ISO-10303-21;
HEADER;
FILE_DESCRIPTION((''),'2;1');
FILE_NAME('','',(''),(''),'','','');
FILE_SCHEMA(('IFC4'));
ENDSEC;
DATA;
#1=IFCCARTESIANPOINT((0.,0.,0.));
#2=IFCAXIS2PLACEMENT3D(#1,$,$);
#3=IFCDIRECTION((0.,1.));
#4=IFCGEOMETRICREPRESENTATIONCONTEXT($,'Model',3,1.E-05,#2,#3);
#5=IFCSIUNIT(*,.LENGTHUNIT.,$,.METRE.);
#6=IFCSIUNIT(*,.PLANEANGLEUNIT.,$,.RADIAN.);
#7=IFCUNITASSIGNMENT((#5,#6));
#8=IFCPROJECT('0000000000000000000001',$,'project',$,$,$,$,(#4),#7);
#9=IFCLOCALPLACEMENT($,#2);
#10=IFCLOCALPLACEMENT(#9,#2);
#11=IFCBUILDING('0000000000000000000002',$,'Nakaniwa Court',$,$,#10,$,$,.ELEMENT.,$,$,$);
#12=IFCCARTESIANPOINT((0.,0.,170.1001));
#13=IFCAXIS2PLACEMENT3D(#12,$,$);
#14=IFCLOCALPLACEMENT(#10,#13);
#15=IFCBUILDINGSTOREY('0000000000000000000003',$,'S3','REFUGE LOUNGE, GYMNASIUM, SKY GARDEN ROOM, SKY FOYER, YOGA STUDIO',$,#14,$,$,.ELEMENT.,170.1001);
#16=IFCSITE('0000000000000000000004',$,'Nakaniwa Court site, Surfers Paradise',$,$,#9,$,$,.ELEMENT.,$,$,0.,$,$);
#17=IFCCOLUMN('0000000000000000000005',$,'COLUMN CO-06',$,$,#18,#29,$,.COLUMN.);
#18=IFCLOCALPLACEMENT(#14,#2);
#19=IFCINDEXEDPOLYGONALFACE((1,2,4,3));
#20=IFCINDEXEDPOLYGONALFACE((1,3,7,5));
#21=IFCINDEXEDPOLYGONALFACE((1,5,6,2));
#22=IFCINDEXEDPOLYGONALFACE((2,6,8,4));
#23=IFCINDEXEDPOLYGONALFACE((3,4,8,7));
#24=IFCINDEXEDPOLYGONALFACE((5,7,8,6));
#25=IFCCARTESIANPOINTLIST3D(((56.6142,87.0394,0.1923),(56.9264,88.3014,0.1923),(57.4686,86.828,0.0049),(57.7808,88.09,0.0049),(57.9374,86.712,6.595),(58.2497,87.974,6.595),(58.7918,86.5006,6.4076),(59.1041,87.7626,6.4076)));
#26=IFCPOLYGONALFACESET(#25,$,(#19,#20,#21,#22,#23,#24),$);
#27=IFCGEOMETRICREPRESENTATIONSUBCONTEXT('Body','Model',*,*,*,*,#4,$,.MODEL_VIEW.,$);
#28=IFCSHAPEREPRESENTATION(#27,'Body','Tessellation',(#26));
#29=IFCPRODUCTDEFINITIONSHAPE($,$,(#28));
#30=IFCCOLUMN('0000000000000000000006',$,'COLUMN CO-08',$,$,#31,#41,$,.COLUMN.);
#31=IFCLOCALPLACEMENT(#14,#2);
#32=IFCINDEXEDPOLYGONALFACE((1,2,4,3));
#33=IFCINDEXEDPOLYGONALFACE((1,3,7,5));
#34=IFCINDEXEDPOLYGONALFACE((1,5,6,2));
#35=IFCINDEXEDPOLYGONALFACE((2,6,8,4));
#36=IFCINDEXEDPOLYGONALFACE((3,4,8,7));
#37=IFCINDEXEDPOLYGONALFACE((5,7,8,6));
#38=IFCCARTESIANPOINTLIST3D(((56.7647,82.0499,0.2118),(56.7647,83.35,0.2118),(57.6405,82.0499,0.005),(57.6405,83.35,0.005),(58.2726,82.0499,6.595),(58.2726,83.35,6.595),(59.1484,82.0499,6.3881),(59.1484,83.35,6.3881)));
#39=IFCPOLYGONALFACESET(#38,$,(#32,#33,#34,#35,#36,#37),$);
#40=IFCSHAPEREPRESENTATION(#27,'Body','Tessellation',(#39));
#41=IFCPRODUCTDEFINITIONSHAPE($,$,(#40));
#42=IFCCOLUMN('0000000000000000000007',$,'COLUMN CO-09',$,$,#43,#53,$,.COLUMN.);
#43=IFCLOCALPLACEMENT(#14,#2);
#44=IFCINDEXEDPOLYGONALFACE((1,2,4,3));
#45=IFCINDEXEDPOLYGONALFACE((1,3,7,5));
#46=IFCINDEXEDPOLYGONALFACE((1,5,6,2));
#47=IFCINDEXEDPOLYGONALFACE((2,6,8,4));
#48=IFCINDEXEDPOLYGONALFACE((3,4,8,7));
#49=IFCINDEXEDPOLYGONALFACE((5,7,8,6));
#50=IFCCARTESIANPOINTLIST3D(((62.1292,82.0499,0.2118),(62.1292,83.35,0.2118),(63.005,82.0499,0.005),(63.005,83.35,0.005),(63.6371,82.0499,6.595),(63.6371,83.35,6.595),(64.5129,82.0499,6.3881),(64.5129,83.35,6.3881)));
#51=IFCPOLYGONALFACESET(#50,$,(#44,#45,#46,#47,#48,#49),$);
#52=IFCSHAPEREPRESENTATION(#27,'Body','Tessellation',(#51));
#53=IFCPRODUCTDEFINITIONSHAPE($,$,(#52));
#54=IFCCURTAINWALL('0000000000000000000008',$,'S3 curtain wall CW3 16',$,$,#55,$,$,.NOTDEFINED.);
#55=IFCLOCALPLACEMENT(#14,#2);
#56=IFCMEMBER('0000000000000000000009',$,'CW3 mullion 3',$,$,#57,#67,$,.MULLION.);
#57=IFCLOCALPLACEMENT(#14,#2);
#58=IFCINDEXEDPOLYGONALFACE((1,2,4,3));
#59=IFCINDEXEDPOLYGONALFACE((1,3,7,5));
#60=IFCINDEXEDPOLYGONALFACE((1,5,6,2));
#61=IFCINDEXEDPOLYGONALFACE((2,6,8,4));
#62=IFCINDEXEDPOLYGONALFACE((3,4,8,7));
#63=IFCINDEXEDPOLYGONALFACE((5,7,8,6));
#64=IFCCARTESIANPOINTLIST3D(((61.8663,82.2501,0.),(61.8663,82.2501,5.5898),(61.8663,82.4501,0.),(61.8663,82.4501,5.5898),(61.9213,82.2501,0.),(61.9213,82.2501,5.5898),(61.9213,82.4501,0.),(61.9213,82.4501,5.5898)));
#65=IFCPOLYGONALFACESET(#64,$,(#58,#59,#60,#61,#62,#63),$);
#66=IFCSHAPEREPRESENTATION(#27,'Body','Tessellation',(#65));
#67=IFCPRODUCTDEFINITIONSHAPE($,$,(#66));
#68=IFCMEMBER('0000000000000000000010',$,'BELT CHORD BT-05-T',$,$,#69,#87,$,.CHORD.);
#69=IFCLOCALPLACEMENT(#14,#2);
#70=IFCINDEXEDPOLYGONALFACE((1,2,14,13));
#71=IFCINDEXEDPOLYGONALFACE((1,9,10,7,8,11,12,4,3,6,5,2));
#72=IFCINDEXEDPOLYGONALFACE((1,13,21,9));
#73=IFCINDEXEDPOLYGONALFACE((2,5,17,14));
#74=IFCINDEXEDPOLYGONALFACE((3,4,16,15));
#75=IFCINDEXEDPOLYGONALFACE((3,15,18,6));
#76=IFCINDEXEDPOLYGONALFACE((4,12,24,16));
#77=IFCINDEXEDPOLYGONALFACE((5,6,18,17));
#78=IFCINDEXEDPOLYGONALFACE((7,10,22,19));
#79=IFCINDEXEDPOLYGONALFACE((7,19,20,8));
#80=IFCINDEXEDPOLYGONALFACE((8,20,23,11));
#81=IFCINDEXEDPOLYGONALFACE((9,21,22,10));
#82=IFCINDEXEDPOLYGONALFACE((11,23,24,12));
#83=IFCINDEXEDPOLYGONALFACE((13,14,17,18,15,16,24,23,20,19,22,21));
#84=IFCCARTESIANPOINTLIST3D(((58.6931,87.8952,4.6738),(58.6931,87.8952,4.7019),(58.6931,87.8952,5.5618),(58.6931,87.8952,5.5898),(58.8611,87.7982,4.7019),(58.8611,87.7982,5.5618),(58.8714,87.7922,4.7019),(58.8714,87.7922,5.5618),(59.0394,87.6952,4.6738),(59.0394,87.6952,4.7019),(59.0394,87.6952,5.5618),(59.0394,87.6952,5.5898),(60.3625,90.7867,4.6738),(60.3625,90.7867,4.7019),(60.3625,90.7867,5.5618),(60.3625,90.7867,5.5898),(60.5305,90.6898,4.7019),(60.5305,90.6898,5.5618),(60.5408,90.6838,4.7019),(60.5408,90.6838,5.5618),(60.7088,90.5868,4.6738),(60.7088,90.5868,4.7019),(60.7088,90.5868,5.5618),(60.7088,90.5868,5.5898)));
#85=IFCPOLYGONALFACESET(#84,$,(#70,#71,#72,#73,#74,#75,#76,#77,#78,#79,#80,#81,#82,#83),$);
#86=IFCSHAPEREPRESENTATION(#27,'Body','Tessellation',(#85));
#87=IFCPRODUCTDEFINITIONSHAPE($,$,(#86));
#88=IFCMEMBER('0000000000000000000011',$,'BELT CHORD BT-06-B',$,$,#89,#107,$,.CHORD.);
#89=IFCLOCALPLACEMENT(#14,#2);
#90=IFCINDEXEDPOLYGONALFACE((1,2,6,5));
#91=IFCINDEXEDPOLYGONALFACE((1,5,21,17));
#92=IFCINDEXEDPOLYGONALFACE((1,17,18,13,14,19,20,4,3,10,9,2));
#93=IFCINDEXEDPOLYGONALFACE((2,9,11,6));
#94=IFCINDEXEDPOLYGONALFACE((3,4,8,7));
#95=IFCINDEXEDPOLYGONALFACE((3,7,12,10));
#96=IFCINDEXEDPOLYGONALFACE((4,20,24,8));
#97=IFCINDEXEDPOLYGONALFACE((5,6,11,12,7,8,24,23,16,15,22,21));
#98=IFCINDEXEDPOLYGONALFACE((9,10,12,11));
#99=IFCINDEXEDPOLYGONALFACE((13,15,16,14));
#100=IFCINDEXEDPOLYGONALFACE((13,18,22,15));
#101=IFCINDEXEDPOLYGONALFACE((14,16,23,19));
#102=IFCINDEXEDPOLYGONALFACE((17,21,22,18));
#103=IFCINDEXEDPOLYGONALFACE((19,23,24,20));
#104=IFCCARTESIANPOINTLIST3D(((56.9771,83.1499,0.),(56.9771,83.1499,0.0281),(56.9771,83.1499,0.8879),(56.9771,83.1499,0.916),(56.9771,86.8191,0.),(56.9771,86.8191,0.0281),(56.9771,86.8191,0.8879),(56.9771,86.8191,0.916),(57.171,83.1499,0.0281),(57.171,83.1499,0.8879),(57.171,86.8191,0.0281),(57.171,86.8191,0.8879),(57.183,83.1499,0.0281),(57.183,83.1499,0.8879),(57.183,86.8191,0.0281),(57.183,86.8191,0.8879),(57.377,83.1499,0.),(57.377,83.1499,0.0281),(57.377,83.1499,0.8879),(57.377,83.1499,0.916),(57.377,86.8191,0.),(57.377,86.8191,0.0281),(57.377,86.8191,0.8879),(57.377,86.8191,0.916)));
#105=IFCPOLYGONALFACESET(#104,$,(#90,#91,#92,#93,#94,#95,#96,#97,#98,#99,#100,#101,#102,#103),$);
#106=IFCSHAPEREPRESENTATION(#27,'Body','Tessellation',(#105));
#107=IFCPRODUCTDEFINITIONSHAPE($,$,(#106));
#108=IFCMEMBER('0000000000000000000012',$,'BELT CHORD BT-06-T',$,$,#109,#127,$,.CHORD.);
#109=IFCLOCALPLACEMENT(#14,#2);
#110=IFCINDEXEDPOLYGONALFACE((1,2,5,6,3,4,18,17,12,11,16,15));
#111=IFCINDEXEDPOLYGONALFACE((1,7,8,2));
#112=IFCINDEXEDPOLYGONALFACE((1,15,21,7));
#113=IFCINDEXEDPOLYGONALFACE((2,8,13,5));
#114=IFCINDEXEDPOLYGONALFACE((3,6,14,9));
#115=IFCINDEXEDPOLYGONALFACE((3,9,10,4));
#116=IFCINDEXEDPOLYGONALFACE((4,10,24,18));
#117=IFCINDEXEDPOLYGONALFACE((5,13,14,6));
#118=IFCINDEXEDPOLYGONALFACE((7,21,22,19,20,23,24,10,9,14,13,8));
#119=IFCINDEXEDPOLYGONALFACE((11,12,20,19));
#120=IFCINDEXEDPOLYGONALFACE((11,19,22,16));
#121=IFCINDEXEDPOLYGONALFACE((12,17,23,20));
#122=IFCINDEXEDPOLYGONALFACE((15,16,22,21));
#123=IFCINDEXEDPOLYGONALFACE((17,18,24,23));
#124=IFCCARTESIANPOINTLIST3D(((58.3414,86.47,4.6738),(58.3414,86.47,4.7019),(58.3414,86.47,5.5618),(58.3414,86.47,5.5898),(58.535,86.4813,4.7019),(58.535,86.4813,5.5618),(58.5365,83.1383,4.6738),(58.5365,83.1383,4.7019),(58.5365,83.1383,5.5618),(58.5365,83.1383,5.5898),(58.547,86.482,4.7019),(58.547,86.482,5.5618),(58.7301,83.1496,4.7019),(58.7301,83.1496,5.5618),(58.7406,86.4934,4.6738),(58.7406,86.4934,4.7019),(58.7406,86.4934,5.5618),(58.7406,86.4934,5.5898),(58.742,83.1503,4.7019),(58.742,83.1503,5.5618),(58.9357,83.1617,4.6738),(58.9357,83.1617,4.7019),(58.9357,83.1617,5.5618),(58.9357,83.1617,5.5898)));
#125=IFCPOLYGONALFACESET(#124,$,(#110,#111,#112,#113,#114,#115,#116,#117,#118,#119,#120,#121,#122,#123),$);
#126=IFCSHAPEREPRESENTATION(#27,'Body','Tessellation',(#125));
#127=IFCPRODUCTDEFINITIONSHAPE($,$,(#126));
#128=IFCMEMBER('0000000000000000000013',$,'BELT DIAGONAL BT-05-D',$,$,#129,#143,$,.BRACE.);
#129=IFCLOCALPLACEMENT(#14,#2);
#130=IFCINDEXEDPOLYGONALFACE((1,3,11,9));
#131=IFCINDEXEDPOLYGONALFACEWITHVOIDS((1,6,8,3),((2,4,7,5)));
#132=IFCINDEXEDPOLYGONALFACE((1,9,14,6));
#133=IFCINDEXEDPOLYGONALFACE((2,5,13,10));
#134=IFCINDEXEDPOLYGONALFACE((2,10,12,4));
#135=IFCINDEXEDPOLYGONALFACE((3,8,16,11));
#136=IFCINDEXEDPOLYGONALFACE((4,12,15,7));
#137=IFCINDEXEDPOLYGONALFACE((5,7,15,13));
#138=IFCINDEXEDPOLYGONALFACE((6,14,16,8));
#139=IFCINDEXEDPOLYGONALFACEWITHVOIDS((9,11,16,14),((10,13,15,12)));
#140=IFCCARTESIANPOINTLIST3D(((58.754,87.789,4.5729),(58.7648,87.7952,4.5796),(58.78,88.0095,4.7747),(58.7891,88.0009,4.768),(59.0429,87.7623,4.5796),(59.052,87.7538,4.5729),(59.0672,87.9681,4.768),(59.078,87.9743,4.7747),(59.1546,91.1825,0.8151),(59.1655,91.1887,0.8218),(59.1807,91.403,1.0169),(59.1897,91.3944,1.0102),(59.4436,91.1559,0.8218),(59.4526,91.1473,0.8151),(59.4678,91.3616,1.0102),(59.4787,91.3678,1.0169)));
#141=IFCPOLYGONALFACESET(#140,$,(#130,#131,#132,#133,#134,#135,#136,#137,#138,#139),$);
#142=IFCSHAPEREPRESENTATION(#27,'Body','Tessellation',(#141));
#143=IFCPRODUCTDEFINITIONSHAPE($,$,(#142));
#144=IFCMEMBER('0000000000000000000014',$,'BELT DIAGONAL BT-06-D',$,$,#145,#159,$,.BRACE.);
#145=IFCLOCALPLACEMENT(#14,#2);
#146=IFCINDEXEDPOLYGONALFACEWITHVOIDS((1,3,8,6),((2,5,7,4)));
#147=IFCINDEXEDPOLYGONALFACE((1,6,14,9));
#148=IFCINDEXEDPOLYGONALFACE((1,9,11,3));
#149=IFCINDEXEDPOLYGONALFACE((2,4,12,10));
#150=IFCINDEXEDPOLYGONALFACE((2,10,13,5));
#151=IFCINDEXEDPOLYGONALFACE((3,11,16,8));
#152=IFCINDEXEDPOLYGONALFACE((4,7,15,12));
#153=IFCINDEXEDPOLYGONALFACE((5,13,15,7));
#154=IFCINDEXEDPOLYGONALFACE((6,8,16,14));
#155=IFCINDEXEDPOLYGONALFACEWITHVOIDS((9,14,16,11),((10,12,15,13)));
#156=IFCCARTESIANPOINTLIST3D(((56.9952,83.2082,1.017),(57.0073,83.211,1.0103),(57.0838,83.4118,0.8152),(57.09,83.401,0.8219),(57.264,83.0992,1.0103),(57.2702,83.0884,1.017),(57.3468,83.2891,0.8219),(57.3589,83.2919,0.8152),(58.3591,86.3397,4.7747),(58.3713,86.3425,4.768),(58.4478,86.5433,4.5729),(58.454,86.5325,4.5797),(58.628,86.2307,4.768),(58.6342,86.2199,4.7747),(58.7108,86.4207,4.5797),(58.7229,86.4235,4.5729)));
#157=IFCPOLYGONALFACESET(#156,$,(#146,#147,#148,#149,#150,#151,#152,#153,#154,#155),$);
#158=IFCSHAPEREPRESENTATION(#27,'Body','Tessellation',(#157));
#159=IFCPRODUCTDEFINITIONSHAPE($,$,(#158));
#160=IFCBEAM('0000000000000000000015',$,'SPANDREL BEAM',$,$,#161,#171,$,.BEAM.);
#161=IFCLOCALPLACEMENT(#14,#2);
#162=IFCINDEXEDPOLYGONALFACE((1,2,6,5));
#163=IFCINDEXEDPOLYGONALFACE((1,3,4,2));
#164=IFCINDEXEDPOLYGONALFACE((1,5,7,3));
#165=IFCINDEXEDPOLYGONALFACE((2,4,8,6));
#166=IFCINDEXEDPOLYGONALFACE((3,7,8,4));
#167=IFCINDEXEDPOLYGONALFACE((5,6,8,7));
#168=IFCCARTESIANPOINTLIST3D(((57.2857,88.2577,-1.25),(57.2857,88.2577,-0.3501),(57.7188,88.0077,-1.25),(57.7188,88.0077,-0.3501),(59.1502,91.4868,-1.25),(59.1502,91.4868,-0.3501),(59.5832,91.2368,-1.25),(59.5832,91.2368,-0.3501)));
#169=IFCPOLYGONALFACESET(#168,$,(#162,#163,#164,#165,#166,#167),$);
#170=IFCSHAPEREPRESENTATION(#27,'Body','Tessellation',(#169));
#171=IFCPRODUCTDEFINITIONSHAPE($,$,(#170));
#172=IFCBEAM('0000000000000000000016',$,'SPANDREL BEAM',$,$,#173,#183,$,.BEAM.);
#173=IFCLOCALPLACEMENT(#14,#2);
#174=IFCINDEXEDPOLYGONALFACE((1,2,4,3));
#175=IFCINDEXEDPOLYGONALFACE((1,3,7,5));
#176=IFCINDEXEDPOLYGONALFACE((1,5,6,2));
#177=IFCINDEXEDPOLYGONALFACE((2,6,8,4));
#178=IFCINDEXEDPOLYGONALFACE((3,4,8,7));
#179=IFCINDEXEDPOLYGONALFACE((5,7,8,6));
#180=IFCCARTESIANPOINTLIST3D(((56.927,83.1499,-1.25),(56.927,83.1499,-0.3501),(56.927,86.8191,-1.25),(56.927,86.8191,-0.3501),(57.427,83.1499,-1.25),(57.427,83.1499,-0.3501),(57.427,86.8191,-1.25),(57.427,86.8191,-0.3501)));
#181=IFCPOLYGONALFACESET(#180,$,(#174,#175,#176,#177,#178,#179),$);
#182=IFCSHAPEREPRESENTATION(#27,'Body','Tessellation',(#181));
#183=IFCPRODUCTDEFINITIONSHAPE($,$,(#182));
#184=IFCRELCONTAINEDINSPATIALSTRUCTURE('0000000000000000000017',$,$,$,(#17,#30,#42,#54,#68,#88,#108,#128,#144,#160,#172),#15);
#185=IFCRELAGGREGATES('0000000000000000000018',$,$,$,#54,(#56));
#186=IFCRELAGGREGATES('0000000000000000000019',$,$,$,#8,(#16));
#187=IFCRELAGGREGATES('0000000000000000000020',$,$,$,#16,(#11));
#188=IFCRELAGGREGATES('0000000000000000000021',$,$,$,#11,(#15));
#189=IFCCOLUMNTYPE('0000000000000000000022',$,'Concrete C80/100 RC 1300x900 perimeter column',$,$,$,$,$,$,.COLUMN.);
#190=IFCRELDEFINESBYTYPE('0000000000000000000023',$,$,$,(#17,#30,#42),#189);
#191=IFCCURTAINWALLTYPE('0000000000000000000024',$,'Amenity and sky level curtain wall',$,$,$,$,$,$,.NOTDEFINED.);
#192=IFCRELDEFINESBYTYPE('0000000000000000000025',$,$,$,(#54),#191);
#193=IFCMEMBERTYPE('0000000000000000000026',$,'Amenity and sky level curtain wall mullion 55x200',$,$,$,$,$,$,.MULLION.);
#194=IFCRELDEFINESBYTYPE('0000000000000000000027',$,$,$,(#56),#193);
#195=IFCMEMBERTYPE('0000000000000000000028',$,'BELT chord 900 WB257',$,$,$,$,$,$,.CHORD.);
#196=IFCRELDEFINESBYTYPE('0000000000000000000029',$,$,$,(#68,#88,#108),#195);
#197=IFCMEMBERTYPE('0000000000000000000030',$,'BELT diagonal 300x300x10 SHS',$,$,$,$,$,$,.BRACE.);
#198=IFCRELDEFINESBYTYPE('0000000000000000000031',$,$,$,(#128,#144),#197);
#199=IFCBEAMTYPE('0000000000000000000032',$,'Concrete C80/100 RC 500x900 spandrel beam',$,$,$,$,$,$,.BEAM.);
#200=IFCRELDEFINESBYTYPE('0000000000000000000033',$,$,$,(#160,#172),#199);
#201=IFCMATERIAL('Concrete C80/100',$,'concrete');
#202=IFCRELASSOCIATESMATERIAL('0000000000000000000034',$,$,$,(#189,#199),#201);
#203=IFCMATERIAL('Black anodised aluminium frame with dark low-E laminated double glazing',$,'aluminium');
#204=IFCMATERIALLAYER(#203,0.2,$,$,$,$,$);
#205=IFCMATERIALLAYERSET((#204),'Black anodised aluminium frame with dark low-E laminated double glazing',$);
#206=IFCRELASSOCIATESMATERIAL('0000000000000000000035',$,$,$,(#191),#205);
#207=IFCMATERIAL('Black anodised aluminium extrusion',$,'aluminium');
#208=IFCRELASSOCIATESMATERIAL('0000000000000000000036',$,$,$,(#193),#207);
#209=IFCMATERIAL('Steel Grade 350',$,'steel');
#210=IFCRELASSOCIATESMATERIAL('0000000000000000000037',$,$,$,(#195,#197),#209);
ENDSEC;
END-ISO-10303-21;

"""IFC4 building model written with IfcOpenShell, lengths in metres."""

from ifc_helpers import new_model, si_unit, direction, frame, origin, origin_2d, place, context, subcontext, project, spatial, rectangle, hollow_rectangle, i_section, extrude, material, layer, layer_set, material_profile, profile_set, type_object, element, aggregate, save


model = new_model("IFC4")

# Units and contexts
model_context = context("Model", 3, precision=1e-05, world=origin(), true_north=direction((0.0, 1.0)))
body_context = subcontext(model_context, "Body", "Model", "MODEL_VIEW")
ifc_project = project(units=[si_unit("LENGTHUNIT", "METRE"), si_unit("PLANEANGLEUNIT", "RADIAN")], contexts=[model_context])

# Site, building, storey
site_placement = place(None, origin())
site = spatial("IfcSite", under=ifc_project, at=site_placement, Name="Nakaniwa Court site, Surfers Paradise", CompositionType="ELEMENT", RefElevation=0.0)
building_placement = place(site_placement, origin())
building = spatial("IfcBuilding", under=site, at=building_placement, Name="Nakaniwa Court", CompositionType="ELEMENT")
storey_placement = place(building_placement, frame((0.0, 0.0, 170.1001)))
storey = spatial("IfcBuildingStorey", under=building, at=storey_placement, Name="S3", Description="REFUGE LOUNGE, GYMNASIUM, SKY GARDEN ROOM, SKY FOYER, YOGA STUDIO", CompositionType="ELEMENT", Elevation=170.1001)

# Columns
ifc_material_1 = material(Name="Concrete C80/100", Category="concrete")
ifc_material_profile_1 = material_profile(ifc_material_1, rectangle(XDim=1.3, YDim=0.8999, at=origin_2d()), Name="Concrete C80/100 RC 1300x900 perimeter column")
ifc_profile_set_1 = profile_set([ifc_material_profile_1], Name="Concrete C80/100")
column_type = type_object("IfcColumnType", Name="Concrete C80/100 RC 1300x900 perimeter column", PredefinedType="COLUMN", material=ifc_profile_set_1)
column_placement = place(storey_placement, frame((57.1975, 87.5647, 0.0986), z_axis=(0.202142, -0.050013, 0.978078), x_axis=(0.240175, 0.97073, 0.0)))
element("IfcColumn", 1, at=column_placement, inside=storey, type_object=column_type, Name="COLUMN CO-06", PredefinedType="COLUMN", context=body_context, shape_type="SweptSolid", body=[
    extrude(rectangle(XDim=1.3, YDim=0.8999, at=origin_2d()), origin(), (0.0, 0.0, 1.0), 6.5461),
])
for number, where, z_axis, x_axis, name in (
    (2, (57.2026, 82.7, 0.1084), (0.229894, 0.0, 0.973216), (0.0, 1.0, 0.0), "COLUMN CO-08"),
    (3, (62.5671, 82.7, 0.1084), (0.229894, 0.0, 0.973216), (0.0, 1.0, 0.0), "COLUMN CO-09"),
):
    element("IfcColumn", number, at=place(storey_placement, frame(where, z_axis=z_axis, x_axis=x_axis)), inside=storey, type_object=column_type, Name=name, PredefinedType="COLUMN", context=body_context, shape_type="SweptSolid", body=[
        extrude(rectangle(XDim=1.3, YDim=0.8999, at=origin_2d()), origin(), (0.0, 0.0, 1.0), 6.5588),
    ])

# Curtain wall, member
ifc_material_2 = material(Name="Black anodised aluminium frame with dark low-E laminated double glazing", Category="aluminium")
ifc_layer_1 = layer(ifc_material_2, 0.2)
ifc_layer_set_1 = layer_set([ifc_layer_1], Name="Black anodised aluminium frame with dark low-E laminated double glazing")
curtain_wall_type = type_object("IfcCurtainWallType", Name="Amenity and sky level curtain wall", PredefinedType="NOTDEFINED", material=ifc_layer_set_1)
curtain_wall_placement = place(storey_placement, origin())
curtain_wall = element("IfcCurtainWall", 4, at=curtain_wall_placement, inside=storey, type_object=curtain_wall_type, Name="S3 curtain wall CW3 16", PredefinedType="NOTDEFINED")
ifc_material_3 = material(Name="Black anodised aluminium extrusion", Category="aluminium")
ifc_material_profile_2 = material_profile(ifc_material_3, rectangle(XDim=0.2, YDim=0.0549, at=origin_2d()), Name="Amenity and sky level curtain wall mullion 55x200")
ifc_profile_set_2 = profile_set([ifc_material_profile_2], Name="Black anodised aluminium extrusion")
member_type_1 = type_object("IfcMemberType", Name="Amenity and sky level curtain wall mullion 55x200", PredefinedType="MULLION", material=ifc_profile_set_2)
member_1_placement = place(storey_placement, frame((61.8938, 82.3501, 0.0), z_axis=(0.0, 0.0, 1.0), x_axis=(0.0, 1.0, 0.0)))
member_1 = element("IfcMember", 5, at=member_1_placement, type_object=member_type_1, Name="CW3 mullion 3", PredefinedType="MULLION", context=body_context, shape_type="SweptSolid", body=[
    extrude(rectangle(XDim=0.2, YDim=0.0549, at=origin_2d()), origin(), (0.0, 0.0, 1.0), 5.5898),
])
aggregate(curtain_wall, [member_1])

# Members
ifc_material_4 = material(Name="Steel Grade 350", Category="steel")
ifc_material_profile_3 = material_profile(ifc_material_4, i_section(OverallWidth=0.3999, OverallDepth=0.916, WebThickness=0.012, FlangeThickness=0.0281, at=origin_2d()), Name="900WB257")
ifc_profile_set_3 = profile_set([ifc_material_profile_3], Name="Steel Grade 350")
member_type_2 = type_object("IfcMemberType", Name="BELT chord 900 WB257", PredefinedType="CHORD", material=ifc_profile_set_3)
member_2_placement = place(storey_placement, frame((60.5356, 90.6868, 5.1318), z_axis=(-0.499993, -0.86603, 0.0), x_axis=(0.86603, -0.499993, 0.0)))
element("IfcMember", 6, at=member_2_placement, inside=storey, type_object=member_type_2, Name="BELT CHORD BT-05-T", PredefinedType="CHORD", context=body_context, shape_type="SweptSolid", body=[
    extrude(i_section(OverallWidth=0.3999, OverallDepth=0.916, WebThickness=0.012, FlangeThickness=0.0281, at=origin_2d()), origin(), (0.0, 0.0, 1.0), 3.3389),
])
member_3_placement = place(storey_placement, frame((57.177, 86.8191, 0.458), z_axis=(0.0, -1.0, 0.0), x_axis=(1.0, 0.0, 0.0)))
element("IfcMember", 7, at=member_3_placement, inside=storey, type_object=member_type_2, Name="BELT CHORD BT-06-B", PredefinedType="CHORD", context=body_context, shape_type="SweptSolid", body=[
    extrude(i_section(OverallWidth=0.3999, OverallDepth=0.916, WebThickness=0.012, FlangeThickness=0.0281, at=origin_2d()), origin(), (0.0, 0.0, 1.0), 3.6692),
])
member_4_placement = place(storey_placement, frame((58.541, 86.4817, 5.1318), z_axis=(0.058448, -0.99829, 0.0), x_axis=(0.99829, 0.058448, 0.0)))
element("IfcMember", 8, at=member_4_placement, inside=storey, type_object=member_type_2, Name="BELT CHORD BT-06-T", PredefinedType="CHORD", context=body_context, shape_type="SweptSolid", body=[
    extrude(i_section(OverallWidth=0.3999, OverallDepth=0.916, WebThickness=0.012, FlangeThickness=0.0281, at=origin_2d()), origin(), (0.0, 0.0, 1.0), 3.3374),
])
ifc_material_profile_4 = material_profile(ifc_material_4, hollow_rectangle(XDim=0.3, YDim=0.3, WallThickness=0.01, at=origin_2d()), Name="BELT diagonal 300x300x10 SHS")
ifc_profile_set_4 = profile_set([ifc_material_profile_4], Name="Steel Grade 350")
member_type_3 = type_object("IfcMemberType", Name="BELT diagonal 300x300x10 SHS", PredefinedType="BRACE", material=ifc_profile_set_4)
member_5_placement = place(storey_placement, frame((59.3167, 91.2751, 0.916), z_axis=(-0.078878, -0.668133, 0.739849), x_axis=(0.993103, -0.117243, 0.0)))
element("IfcMember", 9, at=member_5_placement, inside=storey, type_object=member_type_3, Name="BELT DIAGONAL BT-05-D", PredefinedType="BRACE", context=body_context, shape_type="SweptSolid", body=[
    extrude(hollow_rectangle(XDim=0.3, YDim=0.3, WallThickness=0.01, at=origin_2d()), origin(), (0.0, 0.0, 1.0), 5.0791),
])
member_6_placement = place(storey_placement, frame((58.541, 86.3816, 4.6738), z_axis=(-0.2686, -0.616668, -0.739983), x_axis=(0.916807, -0.39933, 0.0)))
element("IfcMember", 10, at=member_6_placement, inside=storey, type_object=member_type_3, Name="BELT DIAGONAL BT-06-D", PredefinedType="BRACE", context=body_context, shape_type="SweptSolid", body=[
    extrude(hollow_rectangle(XDim=0.3, YDim=0.3, WallThickness=0.01, at=origin_2d()), origin(), (0.0, 0.0, 1.0), 5.0781),
])

# Beams
ifc_material_profile_5 = material_profile(ifc_material_1, rectangle(XDim=0.5, YDim=0.8999, at=origin_2d()), Name="Concrete C80/100 RC 500x900 spandrel beam")
ifc_profile_set_5 = profile_set([ifc_material_profile_5], Name="Concrete C80/100")
beam_type = type_object("IfcBeamType", Name="Concrete C80/100 RC 500x900 spandrel beam", PredefinedType="BEAM", material=ifc_profile_set_5)
beam_1_placement = place(storey_placement, frame((59.3667, 91.3618, -0.8), z_axis=(-0.500019, -0.866014, 0.0), x_axis=(0.866014, -0.500019, 0.0)))
element("IfcBeam", 11, at=beam_1_placement, inside=storey, type_object=beam_type, Name="SPANDREL BEAM", PredefinedType="BEAM", context=body_context, shape_type="SweptSolid", body=[
    extrude(rectangle(XDim=0.5, YDim=0.8999, at=origin_2d()), origin(), (0.0, 0.0, 1.0), 3.7288),
])
beam_2_placement = place(storey_placement, frame((57.177, 86.8191, -0.8), z_axis=(0.0, -1.0, 0.0), x_axis=(1.0, 0.0, 0.0)))
element("IfcBeam", 12, at=beam_2_placement, inside=storey, type_object=beam_type, Name="SPANDREL BEAM", PredefinedType="BEAM", context=body_context, shape_type="SweptSolid", body=[
    extrude(rectangle(XDim=0.5, YDim=0.8999, at=origin_2d()), origin(), (0.0, 0.0, 1.0), 3.6692),
])

save(model, "model.ifc")
